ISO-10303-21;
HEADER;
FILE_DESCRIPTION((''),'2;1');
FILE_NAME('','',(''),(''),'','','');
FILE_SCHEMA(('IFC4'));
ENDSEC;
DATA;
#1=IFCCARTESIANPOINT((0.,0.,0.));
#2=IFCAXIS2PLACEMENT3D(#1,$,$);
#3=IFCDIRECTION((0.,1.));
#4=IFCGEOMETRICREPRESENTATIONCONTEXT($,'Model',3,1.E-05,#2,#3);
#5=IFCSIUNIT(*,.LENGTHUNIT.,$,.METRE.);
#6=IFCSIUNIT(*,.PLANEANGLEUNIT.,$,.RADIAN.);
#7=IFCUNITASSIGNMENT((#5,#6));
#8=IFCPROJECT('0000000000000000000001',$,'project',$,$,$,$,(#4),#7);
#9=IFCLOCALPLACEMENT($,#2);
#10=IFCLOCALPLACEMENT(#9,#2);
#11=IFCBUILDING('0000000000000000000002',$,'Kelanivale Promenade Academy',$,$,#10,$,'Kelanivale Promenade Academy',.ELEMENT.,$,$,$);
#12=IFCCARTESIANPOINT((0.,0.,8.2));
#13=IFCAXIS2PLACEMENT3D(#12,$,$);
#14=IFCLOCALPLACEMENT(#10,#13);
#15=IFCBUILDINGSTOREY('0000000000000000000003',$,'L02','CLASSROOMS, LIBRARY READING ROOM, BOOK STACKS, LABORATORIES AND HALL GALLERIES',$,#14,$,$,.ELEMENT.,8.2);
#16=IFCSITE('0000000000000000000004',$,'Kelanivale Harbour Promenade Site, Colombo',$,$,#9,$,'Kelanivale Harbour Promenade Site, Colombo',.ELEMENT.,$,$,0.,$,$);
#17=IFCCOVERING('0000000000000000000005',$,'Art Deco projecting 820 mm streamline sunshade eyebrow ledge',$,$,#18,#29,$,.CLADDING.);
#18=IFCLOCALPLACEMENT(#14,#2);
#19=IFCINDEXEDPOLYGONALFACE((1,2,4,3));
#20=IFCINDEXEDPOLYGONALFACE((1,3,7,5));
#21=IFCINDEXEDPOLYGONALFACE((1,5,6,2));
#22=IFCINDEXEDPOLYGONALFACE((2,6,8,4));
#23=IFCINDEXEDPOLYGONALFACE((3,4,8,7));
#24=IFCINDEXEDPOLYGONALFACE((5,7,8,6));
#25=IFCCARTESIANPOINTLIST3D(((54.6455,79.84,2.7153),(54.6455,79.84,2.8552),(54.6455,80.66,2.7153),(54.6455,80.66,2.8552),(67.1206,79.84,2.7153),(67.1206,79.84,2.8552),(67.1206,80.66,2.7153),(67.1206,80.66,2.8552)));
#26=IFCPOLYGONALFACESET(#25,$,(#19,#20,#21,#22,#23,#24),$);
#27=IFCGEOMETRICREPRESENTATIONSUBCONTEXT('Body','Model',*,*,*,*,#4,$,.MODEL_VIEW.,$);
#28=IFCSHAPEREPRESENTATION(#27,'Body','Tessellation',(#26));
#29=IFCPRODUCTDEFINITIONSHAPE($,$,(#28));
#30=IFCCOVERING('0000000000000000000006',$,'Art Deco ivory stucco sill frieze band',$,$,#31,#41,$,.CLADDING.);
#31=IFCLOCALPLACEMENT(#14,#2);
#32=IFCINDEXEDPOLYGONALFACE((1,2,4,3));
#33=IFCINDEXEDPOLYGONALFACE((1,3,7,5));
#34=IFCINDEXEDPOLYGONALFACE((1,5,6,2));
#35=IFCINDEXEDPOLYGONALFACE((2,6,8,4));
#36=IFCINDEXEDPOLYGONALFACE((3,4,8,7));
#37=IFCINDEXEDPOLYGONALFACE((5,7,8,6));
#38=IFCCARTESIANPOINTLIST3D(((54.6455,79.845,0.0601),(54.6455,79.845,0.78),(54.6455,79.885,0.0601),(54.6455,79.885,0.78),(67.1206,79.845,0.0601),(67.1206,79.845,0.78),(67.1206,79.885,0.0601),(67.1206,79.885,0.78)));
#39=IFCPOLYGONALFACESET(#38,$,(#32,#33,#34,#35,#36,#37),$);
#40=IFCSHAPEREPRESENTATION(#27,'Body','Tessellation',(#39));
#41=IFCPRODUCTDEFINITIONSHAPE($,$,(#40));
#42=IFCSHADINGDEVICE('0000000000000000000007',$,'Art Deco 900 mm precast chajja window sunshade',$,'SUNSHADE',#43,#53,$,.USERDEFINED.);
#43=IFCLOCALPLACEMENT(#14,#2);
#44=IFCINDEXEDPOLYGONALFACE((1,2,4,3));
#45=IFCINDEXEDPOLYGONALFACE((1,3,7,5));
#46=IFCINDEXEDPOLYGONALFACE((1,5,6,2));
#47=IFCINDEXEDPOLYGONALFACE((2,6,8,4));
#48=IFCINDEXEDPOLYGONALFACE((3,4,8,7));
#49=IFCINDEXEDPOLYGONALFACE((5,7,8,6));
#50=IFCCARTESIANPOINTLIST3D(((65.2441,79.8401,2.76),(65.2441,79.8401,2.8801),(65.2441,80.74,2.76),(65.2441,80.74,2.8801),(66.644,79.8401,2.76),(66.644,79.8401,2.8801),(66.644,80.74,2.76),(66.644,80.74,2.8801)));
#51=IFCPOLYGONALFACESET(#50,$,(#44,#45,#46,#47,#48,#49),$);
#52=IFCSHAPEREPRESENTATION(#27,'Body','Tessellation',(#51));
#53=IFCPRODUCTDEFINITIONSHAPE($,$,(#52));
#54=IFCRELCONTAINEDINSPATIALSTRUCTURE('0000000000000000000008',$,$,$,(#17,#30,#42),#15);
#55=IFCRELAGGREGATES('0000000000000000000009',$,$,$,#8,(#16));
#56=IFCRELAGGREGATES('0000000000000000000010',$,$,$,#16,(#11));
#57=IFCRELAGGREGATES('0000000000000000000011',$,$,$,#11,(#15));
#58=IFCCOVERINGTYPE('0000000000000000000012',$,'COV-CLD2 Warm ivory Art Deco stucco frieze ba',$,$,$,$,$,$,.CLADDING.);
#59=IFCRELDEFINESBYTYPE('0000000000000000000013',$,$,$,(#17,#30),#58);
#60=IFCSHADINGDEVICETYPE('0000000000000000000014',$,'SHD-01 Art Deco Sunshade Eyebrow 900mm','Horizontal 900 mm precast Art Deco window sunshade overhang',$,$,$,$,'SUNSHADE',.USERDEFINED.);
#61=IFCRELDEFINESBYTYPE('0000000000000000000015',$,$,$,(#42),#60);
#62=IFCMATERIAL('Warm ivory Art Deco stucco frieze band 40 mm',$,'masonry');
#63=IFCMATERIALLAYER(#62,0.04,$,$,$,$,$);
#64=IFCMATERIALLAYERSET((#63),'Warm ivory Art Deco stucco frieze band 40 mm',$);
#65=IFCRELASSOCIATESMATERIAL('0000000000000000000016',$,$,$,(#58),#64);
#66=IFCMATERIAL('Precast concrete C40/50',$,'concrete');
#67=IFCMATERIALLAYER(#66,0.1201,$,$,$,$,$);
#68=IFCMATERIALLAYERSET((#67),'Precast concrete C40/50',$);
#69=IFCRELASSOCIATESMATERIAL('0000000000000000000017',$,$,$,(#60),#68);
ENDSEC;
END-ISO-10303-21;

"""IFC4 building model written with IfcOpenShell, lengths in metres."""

from ifc_helpers import new_model, si_unit, direction, frame, origin, origin_2d, place, context, subcontext, project, spatial, rectangle, extrude, material, layer, layer_set, type_object, element, save


model = new_model("IFC4")

# Units and contexts
model_context = context("Model", 3, precision=1e-05, world=origin(), true_north=direction((0.0, 1.0)))
body_context = subcontext(model_context, "Body", "Model", "MODEL_VIEW")
ifc_project = project(units=[si_unit("LENGTHUNIT", "METRE"), si_unit("PLANEANGLEUNIT", "RADIAN")], contexts=[model_context])

# Site, building, storey
site_placement = place(None, origin())
site = spatial("IfcSite", under=ifc_project, at=site_placement, Name="Kelanivale Harbour Promenade Site, Colombo", LongName="Kelanivale Harbour Promenade Site, Colombo", CompositionType="ELEMENT", RefElevation=0.0)
building_placement = place(site_placement, origin())
building = spatial("IfcBuilding", under=site, at=building_placement, Name="Kelanivale Promenade Academy", LongName="Kelanivale Promenade Academy", CompositionType="ELEMENT")
storey_placement = place(building_placement, frame((0.0, 0.0, 8.2)))
storey = spatial("IfcBuildingStorey", under=building, at=storey_placement, Name="L02", Description="CLASSROOMS, LIBRARY READING ROOM, BOOK STACKS, LABORATORIES AND HALL GALLERIES", CompositionType="ELEMENT", Elevation=8.2)

# Coverings
ifc_material_1 = material(Name="Warm ivory Art Deco stucco frieze band 40 mm", Category="masonry")
ifc_layer_1 = layer(ifc_material_1, 0.04)
ifc_layer_set_1 = layer_set([ifc_layer_1], Name="Warm ivory Art Deco stucco frieze band 40 mm")
covering_type = type_object("IfcCoveringType", Name="COV-CLD2 Warm ivory Art Deco stucco frieze ba", PredefinedType="CLADDING", material=ifc_layer_set_1)
covering_1_placement = place(storey_placement, frame((60.8831, 80.25, 2.7153), z_axis=(0.0, 0.0, 1.0), x_axis=(-1.0, 0.0, 0.0)))
element("IfcCovering", 1, at=covering_1_placement, inside=storey, type_object=covering_type, Name="Art Deco projecting 820 mm streamline sunshade eyebrow ledge", PredefinedType="CLADDING", context=body_context, shape_type="SweptSolid", body=[
    extrude(rectangle(XDim=12.4751, YDim=0.8201, at=origin_2d()), origin(), (0.0, 0.0, 1.0), 0.1399),
])
covering_2_placement = place(storey_placement, frame((60.8831, 79.865, 0.0601), z_axis=(0.0, 0.0, 1.0), x_axis=(-1.0, 0.0, 0.0)))
element("IfcCovering", 2, at=covering_2_placement, inside=storey, type_object=covering_type, Name="Art Deco ivory stucco sill frieze band", PredefinedType="CLADDING", context=body_context, shape_type="SweptSolid", body=[
    extrude(rectangle(XDim=12.4751, YDim=0.04, at=origin_2d()), origin(), (0.0, 0.0, 1.0), 0.72),
])

# Shading device
ifc_material_2 = material(Name="Precast concrete C40/50", Category="concrete")
ifc_layer_2 = layer(ifc_material_2, 0.1201)
ifc_layer_set_2 = layer_set([ifc_layer_2], Name="Precast concrete C40/50")
shading_device_type = type_object("IfcShadingDeviceType", Name="SHD-01 Art Deco Sunshade Eyebrow 900mm", Description="Horizontal 900 mm precast Art Deco window sunshade overhang", ElementType="SUNSHADE", PredefinedType="USERDEFINED", material=ifc_layer_set_2)
shading_device_placement = place(storey_placement, frame((65.9441, 80.29, 2.76), z_axis=(0.0, 0.0, 1.0), x_axis=(-1.0, 0.0, 0.0)))
element("IfcShadingDevice", 3, at=shading_device_placement, inside=storey, type_object=shading_device_type, Name="Art Deco 900 mm precast chajja window sunshade", ObjectType="SUNSHADE", PredefinedType="USERDEFINED", context=body_context, shape_type="SweptSolid", body=[
    extrude(rectangle(XDim=1.3999, YDim=0.8999, at=origin_2d()), origin(), (0.0, 0.0, 1.0), 0.1201),
])

save(model, "model.ifc")
